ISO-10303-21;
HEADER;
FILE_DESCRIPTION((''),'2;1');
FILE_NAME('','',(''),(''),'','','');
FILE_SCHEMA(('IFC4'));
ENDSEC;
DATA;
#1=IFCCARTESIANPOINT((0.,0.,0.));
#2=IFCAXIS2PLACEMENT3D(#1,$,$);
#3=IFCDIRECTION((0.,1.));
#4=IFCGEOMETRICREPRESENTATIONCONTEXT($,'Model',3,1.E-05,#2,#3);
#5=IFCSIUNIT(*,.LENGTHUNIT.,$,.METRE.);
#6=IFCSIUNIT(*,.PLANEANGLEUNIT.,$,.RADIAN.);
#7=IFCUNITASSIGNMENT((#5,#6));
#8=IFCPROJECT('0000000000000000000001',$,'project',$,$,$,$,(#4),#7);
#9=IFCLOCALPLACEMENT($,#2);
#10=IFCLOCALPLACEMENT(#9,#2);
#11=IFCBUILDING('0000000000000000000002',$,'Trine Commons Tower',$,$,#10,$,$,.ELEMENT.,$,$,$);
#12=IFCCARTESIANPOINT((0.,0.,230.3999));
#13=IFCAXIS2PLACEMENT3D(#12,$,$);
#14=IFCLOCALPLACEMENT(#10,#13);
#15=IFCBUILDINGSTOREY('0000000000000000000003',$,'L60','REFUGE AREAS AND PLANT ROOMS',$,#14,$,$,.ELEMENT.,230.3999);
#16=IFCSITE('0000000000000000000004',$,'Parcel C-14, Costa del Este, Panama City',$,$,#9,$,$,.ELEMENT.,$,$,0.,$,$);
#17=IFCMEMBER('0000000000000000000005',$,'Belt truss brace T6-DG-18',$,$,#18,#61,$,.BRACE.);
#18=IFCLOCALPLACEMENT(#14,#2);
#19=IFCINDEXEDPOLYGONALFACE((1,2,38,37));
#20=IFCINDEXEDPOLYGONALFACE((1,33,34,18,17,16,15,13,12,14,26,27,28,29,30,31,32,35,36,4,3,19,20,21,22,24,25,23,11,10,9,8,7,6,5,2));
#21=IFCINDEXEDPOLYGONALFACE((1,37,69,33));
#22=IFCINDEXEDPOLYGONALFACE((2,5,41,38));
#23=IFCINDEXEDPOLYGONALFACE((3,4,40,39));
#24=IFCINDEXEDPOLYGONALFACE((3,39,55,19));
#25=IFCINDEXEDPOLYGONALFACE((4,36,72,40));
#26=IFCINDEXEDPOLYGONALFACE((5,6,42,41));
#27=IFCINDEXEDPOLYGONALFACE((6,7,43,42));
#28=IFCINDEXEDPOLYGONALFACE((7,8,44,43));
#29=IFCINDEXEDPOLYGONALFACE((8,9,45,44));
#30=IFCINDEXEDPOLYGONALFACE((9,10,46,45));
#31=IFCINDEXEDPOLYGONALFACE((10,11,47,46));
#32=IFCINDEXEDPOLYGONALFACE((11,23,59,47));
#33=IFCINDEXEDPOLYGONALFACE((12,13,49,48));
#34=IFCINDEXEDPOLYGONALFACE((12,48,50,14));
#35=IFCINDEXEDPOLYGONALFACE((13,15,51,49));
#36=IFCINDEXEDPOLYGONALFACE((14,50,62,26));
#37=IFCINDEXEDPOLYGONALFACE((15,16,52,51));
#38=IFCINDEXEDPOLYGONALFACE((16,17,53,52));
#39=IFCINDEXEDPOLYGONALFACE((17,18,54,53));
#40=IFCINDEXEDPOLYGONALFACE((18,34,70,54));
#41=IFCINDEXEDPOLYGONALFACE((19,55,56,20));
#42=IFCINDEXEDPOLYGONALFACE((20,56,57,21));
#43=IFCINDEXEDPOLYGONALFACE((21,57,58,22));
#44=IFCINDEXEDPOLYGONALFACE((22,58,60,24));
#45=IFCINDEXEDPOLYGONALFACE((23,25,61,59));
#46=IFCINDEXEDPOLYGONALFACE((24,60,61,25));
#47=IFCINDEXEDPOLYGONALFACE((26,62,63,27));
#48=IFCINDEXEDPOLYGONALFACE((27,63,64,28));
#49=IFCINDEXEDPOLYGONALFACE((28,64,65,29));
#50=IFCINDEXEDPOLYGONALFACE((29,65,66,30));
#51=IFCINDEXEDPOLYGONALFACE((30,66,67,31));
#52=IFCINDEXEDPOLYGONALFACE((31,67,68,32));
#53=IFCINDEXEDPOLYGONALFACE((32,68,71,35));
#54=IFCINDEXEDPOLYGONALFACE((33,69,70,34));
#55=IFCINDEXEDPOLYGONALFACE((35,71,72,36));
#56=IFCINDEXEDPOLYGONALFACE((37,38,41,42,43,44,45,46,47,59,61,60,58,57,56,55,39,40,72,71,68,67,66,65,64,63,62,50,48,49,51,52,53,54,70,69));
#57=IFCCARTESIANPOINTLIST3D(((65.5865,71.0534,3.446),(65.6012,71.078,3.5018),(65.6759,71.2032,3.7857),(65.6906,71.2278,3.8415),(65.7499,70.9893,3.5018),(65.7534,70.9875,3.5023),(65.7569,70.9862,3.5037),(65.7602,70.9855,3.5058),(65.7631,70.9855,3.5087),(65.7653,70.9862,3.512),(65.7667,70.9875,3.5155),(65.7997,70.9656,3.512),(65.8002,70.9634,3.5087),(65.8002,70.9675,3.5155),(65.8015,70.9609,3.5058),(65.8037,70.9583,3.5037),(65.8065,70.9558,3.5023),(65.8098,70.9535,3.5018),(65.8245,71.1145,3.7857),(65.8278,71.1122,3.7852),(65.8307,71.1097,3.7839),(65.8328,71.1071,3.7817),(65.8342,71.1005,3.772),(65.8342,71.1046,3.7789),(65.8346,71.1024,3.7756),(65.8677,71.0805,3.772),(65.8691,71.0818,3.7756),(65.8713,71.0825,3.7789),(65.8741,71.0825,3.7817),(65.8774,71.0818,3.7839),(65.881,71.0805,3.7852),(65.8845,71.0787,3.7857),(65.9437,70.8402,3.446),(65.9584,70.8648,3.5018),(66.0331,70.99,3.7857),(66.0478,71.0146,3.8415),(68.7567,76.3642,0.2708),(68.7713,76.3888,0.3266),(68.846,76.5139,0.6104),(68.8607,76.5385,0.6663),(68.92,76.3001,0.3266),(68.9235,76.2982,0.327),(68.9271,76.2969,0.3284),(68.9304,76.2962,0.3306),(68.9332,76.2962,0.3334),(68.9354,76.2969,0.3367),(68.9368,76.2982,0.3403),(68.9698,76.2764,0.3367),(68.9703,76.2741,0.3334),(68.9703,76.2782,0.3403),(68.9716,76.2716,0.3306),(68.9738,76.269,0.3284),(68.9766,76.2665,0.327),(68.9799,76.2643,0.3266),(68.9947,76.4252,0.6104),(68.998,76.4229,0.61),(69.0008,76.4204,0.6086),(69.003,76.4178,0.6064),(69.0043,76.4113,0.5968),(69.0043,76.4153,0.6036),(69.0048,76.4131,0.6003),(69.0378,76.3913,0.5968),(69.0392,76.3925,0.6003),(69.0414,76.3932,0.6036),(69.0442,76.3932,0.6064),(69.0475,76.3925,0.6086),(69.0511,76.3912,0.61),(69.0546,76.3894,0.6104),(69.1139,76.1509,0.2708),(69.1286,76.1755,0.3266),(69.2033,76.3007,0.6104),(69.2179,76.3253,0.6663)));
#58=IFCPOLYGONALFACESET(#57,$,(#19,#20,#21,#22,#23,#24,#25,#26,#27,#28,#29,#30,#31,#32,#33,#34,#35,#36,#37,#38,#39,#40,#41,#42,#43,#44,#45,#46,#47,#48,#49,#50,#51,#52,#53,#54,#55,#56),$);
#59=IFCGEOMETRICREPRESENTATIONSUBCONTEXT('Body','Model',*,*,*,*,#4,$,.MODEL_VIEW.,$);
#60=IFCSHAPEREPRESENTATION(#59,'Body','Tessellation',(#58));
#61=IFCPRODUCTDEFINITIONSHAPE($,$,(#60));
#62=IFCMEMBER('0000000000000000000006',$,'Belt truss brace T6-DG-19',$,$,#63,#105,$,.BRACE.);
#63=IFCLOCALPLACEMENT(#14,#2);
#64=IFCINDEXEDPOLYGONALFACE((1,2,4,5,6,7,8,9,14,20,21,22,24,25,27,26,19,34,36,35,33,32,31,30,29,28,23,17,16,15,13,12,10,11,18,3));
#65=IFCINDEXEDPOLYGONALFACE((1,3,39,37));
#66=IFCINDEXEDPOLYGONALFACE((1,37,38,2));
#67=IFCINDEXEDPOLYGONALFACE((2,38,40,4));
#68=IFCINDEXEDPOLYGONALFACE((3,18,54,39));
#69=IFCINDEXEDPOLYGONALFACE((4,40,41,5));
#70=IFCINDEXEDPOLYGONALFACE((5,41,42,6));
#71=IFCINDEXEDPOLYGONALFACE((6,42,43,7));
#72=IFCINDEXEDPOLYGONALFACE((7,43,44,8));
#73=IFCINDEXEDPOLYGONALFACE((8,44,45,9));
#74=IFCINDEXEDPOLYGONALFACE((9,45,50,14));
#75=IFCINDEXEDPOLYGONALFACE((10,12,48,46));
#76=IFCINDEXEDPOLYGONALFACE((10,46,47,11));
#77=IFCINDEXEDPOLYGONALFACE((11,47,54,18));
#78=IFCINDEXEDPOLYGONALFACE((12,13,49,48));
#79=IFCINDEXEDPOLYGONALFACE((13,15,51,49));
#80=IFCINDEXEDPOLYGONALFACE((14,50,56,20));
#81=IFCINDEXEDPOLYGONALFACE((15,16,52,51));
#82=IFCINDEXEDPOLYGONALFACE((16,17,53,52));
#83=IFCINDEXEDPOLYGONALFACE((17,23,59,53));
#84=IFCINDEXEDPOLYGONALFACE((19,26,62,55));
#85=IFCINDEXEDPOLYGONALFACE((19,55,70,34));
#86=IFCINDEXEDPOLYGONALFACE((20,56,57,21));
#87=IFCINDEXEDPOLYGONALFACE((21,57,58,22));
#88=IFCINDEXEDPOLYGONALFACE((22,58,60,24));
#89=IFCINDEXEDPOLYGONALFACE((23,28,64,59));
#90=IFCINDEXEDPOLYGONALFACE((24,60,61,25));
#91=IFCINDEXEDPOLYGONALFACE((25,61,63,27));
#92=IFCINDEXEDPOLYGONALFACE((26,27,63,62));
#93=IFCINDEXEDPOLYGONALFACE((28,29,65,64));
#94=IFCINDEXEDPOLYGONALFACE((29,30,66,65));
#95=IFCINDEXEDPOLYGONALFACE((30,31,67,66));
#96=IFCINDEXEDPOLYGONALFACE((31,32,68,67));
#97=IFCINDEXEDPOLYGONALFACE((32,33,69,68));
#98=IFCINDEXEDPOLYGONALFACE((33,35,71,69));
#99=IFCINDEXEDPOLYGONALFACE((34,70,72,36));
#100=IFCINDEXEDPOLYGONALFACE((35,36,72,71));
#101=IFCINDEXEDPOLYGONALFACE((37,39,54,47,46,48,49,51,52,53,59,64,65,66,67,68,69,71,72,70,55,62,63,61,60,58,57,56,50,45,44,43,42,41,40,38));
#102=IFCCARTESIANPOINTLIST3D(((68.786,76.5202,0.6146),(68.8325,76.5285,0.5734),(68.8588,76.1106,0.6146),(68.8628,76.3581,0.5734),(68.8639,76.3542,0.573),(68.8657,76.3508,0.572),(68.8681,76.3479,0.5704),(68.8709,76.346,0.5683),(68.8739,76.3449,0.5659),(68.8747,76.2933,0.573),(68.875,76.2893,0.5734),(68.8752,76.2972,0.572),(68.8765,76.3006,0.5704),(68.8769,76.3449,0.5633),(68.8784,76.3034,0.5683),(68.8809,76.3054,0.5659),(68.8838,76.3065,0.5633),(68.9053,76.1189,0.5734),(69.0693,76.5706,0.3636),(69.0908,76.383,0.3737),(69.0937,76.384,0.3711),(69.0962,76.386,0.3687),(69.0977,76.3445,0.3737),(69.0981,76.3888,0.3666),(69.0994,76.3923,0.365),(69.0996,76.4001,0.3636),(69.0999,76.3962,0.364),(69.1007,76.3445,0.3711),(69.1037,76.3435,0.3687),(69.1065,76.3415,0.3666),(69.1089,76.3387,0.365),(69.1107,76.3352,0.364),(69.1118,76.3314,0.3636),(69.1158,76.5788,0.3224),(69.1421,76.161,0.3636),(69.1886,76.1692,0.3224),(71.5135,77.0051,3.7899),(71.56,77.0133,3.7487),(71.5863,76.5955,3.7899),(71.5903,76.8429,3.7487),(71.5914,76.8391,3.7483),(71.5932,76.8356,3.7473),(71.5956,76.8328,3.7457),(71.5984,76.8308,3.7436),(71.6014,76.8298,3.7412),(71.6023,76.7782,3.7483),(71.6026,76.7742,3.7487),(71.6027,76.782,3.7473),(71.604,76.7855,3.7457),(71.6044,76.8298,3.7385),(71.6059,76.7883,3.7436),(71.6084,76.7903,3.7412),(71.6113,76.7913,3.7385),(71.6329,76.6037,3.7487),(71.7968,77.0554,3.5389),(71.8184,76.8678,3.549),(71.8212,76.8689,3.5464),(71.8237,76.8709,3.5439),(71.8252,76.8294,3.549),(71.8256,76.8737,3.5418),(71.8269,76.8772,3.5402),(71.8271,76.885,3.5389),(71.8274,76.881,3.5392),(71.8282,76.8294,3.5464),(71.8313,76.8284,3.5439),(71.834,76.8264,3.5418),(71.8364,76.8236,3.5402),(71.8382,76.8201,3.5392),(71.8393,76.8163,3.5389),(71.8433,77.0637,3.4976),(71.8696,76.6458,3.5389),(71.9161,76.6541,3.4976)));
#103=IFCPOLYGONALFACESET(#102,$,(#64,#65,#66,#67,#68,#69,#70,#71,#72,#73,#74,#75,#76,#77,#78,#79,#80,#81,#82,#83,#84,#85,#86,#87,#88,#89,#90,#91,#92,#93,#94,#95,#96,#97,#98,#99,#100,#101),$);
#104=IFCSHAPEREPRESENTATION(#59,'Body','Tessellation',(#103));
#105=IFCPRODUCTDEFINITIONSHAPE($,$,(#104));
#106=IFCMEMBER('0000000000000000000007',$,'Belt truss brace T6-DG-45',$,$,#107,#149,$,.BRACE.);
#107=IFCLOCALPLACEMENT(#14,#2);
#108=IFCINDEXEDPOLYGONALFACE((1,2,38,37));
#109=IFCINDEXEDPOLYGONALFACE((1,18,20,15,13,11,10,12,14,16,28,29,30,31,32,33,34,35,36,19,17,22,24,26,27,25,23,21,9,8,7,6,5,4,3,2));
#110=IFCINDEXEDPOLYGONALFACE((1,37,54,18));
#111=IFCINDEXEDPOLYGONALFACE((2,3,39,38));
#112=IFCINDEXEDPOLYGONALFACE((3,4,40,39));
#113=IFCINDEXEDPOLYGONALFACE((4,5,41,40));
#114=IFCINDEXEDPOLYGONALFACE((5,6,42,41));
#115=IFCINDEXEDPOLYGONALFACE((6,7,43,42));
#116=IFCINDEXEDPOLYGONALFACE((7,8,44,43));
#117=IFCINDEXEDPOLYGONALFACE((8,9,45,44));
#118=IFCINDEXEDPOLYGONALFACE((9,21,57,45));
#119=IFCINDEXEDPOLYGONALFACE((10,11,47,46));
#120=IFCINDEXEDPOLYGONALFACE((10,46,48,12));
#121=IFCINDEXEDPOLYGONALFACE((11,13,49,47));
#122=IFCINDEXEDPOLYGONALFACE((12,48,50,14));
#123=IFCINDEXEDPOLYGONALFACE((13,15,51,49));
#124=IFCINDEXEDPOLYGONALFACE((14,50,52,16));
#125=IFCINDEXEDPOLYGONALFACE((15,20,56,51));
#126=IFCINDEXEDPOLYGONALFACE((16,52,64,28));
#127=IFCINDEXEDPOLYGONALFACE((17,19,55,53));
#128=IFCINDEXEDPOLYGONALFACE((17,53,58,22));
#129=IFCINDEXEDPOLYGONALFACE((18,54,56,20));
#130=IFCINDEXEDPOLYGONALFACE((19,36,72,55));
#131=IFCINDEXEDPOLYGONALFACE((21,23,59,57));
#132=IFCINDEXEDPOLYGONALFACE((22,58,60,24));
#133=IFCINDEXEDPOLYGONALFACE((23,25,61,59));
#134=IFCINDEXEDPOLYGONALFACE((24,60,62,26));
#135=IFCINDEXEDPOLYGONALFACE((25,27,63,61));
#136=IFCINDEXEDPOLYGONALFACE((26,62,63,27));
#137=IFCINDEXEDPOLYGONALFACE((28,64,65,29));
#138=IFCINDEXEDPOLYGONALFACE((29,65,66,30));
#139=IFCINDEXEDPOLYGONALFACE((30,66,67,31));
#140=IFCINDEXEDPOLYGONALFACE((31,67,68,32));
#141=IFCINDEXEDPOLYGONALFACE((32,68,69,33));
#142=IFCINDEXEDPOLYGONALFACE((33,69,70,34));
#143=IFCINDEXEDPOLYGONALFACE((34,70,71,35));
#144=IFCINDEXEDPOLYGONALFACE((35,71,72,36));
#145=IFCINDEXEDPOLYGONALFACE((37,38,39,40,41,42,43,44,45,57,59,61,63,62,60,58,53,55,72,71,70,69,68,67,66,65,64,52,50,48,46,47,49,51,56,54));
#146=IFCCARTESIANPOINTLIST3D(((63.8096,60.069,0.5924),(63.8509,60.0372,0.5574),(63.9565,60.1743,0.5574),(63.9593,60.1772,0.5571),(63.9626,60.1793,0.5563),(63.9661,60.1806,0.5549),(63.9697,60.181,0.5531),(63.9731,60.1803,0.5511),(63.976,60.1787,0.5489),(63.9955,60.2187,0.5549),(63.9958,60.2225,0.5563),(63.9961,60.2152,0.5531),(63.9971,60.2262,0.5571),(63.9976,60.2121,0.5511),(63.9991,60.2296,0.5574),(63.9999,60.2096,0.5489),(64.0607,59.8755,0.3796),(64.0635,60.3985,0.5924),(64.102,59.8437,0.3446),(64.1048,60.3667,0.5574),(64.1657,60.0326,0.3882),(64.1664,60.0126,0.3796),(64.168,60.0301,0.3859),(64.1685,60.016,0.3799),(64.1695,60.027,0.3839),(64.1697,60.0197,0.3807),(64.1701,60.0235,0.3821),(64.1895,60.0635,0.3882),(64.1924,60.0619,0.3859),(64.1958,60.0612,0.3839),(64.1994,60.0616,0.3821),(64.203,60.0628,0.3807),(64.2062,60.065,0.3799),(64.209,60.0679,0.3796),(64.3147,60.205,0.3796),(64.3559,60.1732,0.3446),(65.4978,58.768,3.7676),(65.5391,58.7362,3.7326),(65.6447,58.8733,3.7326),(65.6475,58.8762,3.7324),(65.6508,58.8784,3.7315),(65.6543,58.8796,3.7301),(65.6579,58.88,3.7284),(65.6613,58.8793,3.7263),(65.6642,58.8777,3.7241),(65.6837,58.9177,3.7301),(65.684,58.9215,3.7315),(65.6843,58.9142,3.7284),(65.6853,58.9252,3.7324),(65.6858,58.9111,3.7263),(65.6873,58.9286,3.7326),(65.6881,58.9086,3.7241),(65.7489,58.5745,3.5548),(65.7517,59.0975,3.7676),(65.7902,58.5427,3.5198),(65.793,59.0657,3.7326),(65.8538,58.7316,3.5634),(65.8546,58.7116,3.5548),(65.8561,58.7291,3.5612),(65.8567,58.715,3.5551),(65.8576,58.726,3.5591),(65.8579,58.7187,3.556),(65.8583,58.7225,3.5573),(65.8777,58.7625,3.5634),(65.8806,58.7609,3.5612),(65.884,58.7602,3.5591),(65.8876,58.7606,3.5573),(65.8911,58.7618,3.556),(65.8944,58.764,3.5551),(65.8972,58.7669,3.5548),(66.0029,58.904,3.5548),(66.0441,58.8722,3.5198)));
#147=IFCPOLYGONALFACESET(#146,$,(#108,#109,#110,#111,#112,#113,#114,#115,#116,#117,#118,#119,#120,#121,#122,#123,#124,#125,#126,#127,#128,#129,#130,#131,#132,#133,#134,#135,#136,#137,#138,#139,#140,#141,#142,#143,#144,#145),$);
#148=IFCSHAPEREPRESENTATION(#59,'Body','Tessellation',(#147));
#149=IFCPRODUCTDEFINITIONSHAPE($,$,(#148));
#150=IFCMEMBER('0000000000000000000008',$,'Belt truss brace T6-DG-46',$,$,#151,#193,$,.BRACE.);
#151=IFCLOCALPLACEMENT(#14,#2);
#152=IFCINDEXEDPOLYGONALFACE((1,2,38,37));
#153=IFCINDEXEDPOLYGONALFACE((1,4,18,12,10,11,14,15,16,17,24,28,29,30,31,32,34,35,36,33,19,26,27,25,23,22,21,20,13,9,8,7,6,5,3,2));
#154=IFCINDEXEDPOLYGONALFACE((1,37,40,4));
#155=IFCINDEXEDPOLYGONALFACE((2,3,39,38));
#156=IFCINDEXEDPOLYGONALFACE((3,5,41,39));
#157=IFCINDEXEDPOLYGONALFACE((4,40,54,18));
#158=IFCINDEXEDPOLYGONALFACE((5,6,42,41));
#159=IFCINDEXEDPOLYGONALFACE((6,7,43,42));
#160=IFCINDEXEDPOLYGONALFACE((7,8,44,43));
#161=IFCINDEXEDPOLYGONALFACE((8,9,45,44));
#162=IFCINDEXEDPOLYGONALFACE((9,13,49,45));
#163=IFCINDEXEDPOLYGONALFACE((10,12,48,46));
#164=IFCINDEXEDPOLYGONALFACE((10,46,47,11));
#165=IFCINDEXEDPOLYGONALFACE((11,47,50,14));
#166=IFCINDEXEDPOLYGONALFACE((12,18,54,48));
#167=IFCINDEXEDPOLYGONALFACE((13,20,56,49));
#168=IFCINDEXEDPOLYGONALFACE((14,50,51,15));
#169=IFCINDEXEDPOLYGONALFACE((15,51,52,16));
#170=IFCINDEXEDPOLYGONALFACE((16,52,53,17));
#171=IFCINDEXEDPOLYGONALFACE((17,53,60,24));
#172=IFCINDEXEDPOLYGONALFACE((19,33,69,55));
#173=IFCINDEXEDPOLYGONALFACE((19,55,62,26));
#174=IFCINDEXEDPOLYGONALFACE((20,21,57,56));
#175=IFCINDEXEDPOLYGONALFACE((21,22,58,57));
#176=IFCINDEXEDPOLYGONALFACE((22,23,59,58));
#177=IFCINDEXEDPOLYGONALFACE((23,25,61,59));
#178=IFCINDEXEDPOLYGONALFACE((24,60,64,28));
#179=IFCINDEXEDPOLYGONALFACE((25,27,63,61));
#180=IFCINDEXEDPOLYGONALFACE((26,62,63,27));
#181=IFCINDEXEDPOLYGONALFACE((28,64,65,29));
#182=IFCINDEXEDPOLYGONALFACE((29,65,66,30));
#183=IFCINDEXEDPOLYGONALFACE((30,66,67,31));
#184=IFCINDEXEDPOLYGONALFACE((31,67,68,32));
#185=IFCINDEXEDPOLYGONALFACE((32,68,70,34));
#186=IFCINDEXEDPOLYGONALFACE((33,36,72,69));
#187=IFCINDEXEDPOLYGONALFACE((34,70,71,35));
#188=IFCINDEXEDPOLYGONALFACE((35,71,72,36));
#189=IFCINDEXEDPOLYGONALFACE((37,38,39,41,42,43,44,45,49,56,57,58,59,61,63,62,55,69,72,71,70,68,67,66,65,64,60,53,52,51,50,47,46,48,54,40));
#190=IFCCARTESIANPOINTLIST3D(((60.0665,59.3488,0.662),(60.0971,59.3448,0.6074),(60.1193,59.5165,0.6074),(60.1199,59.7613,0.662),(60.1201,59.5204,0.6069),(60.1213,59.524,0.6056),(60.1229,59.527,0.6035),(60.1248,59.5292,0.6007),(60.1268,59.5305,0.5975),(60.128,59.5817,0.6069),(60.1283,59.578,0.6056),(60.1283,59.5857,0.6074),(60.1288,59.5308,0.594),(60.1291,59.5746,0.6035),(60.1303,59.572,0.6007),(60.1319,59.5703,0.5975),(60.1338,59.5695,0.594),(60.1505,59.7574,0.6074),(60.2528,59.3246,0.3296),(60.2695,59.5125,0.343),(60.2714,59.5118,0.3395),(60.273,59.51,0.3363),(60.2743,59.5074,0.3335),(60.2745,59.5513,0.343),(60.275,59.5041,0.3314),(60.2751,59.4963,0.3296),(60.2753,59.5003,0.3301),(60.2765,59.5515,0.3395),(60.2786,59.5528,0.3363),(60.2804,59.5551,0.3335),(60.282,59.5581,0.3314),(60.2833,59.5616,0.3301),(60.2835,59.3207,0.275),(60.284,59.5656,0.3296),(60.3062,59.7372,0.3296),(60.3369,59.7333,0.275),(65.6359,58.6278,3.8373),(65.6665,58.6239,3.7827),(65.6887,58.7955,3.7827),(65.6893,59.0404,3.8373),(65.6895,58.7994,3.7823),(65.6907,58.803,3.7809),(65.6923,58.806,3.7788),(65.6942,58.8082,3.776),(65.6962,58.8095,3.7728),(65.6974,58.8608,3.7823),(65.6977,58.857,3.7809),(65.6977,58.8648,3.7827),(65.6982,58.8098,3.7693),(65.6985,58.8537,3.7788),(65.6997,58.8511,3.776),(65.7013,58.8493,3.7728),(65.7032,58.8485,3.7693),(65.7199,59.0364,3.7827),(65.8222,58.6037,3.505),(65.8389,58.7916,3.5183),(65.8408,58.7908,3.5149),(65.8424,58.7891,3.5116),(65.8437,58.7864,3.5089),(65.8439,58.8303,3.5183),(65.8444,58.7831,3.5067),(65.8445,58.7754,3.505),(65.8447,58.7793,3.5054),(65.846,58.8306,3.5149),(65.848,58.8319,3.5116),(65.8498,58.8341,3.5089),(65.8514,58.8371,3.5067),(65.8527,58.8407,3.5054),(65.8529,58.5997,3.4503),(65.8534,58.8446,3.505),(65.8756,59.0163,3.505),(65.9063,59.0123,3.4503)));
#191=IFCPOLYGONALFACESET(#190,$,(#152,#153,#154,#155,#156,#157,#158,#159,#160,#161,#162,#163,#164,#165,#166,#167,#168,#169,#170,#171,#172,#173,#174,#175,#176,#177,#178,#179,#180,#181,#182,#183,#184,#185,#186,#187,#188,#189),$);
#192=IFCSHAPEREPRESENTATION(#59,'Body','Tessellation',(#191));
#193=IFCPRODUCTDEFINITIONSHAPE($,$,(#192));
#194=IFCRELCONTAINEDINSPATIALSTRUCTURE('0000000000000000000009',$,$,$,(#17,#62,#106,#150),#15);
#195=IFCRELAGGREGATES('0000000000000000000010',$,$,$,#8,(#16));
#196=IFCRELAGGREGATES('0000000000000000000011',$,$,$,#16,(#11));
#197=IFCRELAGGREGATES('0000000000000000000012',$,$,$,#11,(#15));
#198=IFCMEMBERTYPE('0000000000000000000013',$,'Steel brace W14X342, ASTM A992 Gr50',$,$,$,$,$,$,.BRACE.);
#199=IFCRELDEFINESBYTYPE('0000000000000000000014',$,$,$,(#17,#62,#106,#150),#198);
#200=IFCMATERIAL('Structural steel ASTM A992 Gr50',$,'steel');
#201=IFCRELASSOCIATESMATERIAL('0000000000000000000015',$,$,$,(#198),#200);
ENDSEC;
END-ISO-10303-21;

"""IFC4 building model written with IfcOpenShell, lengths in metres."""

from ifc_helpers import new_model, si_unit, direction, frame, origin, origin_2d, place, context, subcontext, project, spatial, i_section, extrude, material, material_profile, profile_set, type_object, element, save


model = new_model("IFC4")

# Units and contexts
model_context = context("Model", 3, precision=1e-05, world=origin(), true_north=direction((0.0, 1.0)))
body_context = subcontext(model_context, "Body", "Model", "MODEL_VIEW")
ifc_project = project(units=[si_unit("LENGTHUNIT", "METRE"), si_unit("PLANEANGLEUNIT", "RADIAN")], contexts=[model_context])

# Site, building, storey
site_placement = place(None, origin())
site = spatial("IfcSite", under=ifc_project, at=site_placement, Name="Parcel C-14, Costa del Este, Panama City", CompositionType="ELEMENT", RefElevation=0.0)
building_placement = place(site_placement, origin())
building = spatial("IfcBuilding", under=site, at=building_placement, Name="Trine Commons Tower", CompositionType="ELEMENT")
storey_placement = place(building_placement, frame((0.0, 0.0, 230.3999)))
storey = spatial("IfcBuildingStorey", under=building, at=storey_placement, Name="L60", Description="REFUGE AREAS AND PLANT ROOMS", CompositionType="ELEMENT", Elevation=230.3999)

# Members
ifc_material_1 = material(Name="Structural steel ASTM A992 Gr50", Category="steel")
ifc_material_profile_1 = material_profile(ifc_material_1, i_section(OverallWidth=0.416, OverallDepth=0.4446, WebThickness=0.0391, FlangeThickness=0.0627, FilletRadius=0.0154, at=origin_2d()), Name="W14X342")
ifc_profile_set_1 = profile_set([ifc_material_profile_1], Name="Structural steel ASTM A992 Gr50")
member_type_1 = type_object("IfcMemberType", Name="Steel brace W14X342, ASTM A992 Gr50", PredefinedType="BRACE", material=ifc_profile_set_1)
member_1_placement = place(storey_placement, frame((68.9873, 76.3447, 0.4685), z_axis=(-0.455976, -0.76387, 0.456714), x_axis=(0.858654, -0.512556, 0.0)))
element("IfcMember", 1, at=member_1_placement, inside=storey, type_object=member_type_1, Name="Belt truss brace T6-DG-18", PredefinedType="BRACE", context=body_context, shape_type="SweptSolid", body=[
    extrude(i_section(OverallWidth=0.416, OverallDepth=0.4446, WebThickness=0.0391, FlangeThickness=0.0627, FilletRadius=0.0154, at=origin_2d()), origin(), (0.0, 0.0, 1.0), 6.9524),
])
member_2_placement = place(storey_placement, frame((68.9873, 76.3447, 0.4685), z_axis=(0.64727, 0.115063, 0.753526), x_axis=(-0.175022, 0.984565, 0.0)))
element("IfcMember", 2, at=member_2_placement, inside=storey, type_object=member_type_1, Name="Belt truss brace T6-DG-19", PredefinedType="BRACE", context=body_context, shape_type="SweptSolid", body=[
    extrude(i_section(OverallWidth=0.416, OverallDepth=0.4446, WebThickness=0.0391, FlangeThickness=0.0627, FilletRadius=0.0154, at=origin_2d()), origin(), (0.0, 0.0, 1.0), 4.2139),
])
member_3_placement = place(storey_placement, frame((64.0828, 60.1211, 0.4685), z_axis=(0.441449, -0.340199, 0.830294), x_axis=(0.610414, 0.792083, 0.0)))
element("IfcMember", 3, at=member_3_placement, inside=storey, type_object=member_type_1, Name="Belt truss brace T6-DG-45", PredefinedType="BRACE", context=body_context, shape_type="SweptSolid", body=[
    extrude(i_section(OverallWidth=0.416, OverallDepth=0.4446, WebThickness=0.0391, FlangeThickness=0.0627, FilletRadius=0.0154, at=origin_2d()), origin(), (0.0, 0.0, 1.0), 3.8242),
])
member_4_placement = place(storey_placement, frame((60.2017, 59.541, 0.4685), z_axis=(0.863284, -0.111752, 0.492191), x_axis=(0.128378, 0.991725, 0.0)))
element("IfcMember", 4, at=member_4_placement, inside=storey, type_object=member_type_1, Name="Belt truss brace T6-DG-46", PredefinedType="BRACE", context=body_context, shape_type="SweptSolid", body=[
    extrude(i_section(OverallWidth=0.416, OverallDepth=0.4446, WebThickness=0.0391, FlangeThickness=0.0627, FilletRadius=0.0154, at=origin_2d()), origin(), (0.0, 0.0, 1.0), 6.4514),
])

save(model, "model.ifc")
